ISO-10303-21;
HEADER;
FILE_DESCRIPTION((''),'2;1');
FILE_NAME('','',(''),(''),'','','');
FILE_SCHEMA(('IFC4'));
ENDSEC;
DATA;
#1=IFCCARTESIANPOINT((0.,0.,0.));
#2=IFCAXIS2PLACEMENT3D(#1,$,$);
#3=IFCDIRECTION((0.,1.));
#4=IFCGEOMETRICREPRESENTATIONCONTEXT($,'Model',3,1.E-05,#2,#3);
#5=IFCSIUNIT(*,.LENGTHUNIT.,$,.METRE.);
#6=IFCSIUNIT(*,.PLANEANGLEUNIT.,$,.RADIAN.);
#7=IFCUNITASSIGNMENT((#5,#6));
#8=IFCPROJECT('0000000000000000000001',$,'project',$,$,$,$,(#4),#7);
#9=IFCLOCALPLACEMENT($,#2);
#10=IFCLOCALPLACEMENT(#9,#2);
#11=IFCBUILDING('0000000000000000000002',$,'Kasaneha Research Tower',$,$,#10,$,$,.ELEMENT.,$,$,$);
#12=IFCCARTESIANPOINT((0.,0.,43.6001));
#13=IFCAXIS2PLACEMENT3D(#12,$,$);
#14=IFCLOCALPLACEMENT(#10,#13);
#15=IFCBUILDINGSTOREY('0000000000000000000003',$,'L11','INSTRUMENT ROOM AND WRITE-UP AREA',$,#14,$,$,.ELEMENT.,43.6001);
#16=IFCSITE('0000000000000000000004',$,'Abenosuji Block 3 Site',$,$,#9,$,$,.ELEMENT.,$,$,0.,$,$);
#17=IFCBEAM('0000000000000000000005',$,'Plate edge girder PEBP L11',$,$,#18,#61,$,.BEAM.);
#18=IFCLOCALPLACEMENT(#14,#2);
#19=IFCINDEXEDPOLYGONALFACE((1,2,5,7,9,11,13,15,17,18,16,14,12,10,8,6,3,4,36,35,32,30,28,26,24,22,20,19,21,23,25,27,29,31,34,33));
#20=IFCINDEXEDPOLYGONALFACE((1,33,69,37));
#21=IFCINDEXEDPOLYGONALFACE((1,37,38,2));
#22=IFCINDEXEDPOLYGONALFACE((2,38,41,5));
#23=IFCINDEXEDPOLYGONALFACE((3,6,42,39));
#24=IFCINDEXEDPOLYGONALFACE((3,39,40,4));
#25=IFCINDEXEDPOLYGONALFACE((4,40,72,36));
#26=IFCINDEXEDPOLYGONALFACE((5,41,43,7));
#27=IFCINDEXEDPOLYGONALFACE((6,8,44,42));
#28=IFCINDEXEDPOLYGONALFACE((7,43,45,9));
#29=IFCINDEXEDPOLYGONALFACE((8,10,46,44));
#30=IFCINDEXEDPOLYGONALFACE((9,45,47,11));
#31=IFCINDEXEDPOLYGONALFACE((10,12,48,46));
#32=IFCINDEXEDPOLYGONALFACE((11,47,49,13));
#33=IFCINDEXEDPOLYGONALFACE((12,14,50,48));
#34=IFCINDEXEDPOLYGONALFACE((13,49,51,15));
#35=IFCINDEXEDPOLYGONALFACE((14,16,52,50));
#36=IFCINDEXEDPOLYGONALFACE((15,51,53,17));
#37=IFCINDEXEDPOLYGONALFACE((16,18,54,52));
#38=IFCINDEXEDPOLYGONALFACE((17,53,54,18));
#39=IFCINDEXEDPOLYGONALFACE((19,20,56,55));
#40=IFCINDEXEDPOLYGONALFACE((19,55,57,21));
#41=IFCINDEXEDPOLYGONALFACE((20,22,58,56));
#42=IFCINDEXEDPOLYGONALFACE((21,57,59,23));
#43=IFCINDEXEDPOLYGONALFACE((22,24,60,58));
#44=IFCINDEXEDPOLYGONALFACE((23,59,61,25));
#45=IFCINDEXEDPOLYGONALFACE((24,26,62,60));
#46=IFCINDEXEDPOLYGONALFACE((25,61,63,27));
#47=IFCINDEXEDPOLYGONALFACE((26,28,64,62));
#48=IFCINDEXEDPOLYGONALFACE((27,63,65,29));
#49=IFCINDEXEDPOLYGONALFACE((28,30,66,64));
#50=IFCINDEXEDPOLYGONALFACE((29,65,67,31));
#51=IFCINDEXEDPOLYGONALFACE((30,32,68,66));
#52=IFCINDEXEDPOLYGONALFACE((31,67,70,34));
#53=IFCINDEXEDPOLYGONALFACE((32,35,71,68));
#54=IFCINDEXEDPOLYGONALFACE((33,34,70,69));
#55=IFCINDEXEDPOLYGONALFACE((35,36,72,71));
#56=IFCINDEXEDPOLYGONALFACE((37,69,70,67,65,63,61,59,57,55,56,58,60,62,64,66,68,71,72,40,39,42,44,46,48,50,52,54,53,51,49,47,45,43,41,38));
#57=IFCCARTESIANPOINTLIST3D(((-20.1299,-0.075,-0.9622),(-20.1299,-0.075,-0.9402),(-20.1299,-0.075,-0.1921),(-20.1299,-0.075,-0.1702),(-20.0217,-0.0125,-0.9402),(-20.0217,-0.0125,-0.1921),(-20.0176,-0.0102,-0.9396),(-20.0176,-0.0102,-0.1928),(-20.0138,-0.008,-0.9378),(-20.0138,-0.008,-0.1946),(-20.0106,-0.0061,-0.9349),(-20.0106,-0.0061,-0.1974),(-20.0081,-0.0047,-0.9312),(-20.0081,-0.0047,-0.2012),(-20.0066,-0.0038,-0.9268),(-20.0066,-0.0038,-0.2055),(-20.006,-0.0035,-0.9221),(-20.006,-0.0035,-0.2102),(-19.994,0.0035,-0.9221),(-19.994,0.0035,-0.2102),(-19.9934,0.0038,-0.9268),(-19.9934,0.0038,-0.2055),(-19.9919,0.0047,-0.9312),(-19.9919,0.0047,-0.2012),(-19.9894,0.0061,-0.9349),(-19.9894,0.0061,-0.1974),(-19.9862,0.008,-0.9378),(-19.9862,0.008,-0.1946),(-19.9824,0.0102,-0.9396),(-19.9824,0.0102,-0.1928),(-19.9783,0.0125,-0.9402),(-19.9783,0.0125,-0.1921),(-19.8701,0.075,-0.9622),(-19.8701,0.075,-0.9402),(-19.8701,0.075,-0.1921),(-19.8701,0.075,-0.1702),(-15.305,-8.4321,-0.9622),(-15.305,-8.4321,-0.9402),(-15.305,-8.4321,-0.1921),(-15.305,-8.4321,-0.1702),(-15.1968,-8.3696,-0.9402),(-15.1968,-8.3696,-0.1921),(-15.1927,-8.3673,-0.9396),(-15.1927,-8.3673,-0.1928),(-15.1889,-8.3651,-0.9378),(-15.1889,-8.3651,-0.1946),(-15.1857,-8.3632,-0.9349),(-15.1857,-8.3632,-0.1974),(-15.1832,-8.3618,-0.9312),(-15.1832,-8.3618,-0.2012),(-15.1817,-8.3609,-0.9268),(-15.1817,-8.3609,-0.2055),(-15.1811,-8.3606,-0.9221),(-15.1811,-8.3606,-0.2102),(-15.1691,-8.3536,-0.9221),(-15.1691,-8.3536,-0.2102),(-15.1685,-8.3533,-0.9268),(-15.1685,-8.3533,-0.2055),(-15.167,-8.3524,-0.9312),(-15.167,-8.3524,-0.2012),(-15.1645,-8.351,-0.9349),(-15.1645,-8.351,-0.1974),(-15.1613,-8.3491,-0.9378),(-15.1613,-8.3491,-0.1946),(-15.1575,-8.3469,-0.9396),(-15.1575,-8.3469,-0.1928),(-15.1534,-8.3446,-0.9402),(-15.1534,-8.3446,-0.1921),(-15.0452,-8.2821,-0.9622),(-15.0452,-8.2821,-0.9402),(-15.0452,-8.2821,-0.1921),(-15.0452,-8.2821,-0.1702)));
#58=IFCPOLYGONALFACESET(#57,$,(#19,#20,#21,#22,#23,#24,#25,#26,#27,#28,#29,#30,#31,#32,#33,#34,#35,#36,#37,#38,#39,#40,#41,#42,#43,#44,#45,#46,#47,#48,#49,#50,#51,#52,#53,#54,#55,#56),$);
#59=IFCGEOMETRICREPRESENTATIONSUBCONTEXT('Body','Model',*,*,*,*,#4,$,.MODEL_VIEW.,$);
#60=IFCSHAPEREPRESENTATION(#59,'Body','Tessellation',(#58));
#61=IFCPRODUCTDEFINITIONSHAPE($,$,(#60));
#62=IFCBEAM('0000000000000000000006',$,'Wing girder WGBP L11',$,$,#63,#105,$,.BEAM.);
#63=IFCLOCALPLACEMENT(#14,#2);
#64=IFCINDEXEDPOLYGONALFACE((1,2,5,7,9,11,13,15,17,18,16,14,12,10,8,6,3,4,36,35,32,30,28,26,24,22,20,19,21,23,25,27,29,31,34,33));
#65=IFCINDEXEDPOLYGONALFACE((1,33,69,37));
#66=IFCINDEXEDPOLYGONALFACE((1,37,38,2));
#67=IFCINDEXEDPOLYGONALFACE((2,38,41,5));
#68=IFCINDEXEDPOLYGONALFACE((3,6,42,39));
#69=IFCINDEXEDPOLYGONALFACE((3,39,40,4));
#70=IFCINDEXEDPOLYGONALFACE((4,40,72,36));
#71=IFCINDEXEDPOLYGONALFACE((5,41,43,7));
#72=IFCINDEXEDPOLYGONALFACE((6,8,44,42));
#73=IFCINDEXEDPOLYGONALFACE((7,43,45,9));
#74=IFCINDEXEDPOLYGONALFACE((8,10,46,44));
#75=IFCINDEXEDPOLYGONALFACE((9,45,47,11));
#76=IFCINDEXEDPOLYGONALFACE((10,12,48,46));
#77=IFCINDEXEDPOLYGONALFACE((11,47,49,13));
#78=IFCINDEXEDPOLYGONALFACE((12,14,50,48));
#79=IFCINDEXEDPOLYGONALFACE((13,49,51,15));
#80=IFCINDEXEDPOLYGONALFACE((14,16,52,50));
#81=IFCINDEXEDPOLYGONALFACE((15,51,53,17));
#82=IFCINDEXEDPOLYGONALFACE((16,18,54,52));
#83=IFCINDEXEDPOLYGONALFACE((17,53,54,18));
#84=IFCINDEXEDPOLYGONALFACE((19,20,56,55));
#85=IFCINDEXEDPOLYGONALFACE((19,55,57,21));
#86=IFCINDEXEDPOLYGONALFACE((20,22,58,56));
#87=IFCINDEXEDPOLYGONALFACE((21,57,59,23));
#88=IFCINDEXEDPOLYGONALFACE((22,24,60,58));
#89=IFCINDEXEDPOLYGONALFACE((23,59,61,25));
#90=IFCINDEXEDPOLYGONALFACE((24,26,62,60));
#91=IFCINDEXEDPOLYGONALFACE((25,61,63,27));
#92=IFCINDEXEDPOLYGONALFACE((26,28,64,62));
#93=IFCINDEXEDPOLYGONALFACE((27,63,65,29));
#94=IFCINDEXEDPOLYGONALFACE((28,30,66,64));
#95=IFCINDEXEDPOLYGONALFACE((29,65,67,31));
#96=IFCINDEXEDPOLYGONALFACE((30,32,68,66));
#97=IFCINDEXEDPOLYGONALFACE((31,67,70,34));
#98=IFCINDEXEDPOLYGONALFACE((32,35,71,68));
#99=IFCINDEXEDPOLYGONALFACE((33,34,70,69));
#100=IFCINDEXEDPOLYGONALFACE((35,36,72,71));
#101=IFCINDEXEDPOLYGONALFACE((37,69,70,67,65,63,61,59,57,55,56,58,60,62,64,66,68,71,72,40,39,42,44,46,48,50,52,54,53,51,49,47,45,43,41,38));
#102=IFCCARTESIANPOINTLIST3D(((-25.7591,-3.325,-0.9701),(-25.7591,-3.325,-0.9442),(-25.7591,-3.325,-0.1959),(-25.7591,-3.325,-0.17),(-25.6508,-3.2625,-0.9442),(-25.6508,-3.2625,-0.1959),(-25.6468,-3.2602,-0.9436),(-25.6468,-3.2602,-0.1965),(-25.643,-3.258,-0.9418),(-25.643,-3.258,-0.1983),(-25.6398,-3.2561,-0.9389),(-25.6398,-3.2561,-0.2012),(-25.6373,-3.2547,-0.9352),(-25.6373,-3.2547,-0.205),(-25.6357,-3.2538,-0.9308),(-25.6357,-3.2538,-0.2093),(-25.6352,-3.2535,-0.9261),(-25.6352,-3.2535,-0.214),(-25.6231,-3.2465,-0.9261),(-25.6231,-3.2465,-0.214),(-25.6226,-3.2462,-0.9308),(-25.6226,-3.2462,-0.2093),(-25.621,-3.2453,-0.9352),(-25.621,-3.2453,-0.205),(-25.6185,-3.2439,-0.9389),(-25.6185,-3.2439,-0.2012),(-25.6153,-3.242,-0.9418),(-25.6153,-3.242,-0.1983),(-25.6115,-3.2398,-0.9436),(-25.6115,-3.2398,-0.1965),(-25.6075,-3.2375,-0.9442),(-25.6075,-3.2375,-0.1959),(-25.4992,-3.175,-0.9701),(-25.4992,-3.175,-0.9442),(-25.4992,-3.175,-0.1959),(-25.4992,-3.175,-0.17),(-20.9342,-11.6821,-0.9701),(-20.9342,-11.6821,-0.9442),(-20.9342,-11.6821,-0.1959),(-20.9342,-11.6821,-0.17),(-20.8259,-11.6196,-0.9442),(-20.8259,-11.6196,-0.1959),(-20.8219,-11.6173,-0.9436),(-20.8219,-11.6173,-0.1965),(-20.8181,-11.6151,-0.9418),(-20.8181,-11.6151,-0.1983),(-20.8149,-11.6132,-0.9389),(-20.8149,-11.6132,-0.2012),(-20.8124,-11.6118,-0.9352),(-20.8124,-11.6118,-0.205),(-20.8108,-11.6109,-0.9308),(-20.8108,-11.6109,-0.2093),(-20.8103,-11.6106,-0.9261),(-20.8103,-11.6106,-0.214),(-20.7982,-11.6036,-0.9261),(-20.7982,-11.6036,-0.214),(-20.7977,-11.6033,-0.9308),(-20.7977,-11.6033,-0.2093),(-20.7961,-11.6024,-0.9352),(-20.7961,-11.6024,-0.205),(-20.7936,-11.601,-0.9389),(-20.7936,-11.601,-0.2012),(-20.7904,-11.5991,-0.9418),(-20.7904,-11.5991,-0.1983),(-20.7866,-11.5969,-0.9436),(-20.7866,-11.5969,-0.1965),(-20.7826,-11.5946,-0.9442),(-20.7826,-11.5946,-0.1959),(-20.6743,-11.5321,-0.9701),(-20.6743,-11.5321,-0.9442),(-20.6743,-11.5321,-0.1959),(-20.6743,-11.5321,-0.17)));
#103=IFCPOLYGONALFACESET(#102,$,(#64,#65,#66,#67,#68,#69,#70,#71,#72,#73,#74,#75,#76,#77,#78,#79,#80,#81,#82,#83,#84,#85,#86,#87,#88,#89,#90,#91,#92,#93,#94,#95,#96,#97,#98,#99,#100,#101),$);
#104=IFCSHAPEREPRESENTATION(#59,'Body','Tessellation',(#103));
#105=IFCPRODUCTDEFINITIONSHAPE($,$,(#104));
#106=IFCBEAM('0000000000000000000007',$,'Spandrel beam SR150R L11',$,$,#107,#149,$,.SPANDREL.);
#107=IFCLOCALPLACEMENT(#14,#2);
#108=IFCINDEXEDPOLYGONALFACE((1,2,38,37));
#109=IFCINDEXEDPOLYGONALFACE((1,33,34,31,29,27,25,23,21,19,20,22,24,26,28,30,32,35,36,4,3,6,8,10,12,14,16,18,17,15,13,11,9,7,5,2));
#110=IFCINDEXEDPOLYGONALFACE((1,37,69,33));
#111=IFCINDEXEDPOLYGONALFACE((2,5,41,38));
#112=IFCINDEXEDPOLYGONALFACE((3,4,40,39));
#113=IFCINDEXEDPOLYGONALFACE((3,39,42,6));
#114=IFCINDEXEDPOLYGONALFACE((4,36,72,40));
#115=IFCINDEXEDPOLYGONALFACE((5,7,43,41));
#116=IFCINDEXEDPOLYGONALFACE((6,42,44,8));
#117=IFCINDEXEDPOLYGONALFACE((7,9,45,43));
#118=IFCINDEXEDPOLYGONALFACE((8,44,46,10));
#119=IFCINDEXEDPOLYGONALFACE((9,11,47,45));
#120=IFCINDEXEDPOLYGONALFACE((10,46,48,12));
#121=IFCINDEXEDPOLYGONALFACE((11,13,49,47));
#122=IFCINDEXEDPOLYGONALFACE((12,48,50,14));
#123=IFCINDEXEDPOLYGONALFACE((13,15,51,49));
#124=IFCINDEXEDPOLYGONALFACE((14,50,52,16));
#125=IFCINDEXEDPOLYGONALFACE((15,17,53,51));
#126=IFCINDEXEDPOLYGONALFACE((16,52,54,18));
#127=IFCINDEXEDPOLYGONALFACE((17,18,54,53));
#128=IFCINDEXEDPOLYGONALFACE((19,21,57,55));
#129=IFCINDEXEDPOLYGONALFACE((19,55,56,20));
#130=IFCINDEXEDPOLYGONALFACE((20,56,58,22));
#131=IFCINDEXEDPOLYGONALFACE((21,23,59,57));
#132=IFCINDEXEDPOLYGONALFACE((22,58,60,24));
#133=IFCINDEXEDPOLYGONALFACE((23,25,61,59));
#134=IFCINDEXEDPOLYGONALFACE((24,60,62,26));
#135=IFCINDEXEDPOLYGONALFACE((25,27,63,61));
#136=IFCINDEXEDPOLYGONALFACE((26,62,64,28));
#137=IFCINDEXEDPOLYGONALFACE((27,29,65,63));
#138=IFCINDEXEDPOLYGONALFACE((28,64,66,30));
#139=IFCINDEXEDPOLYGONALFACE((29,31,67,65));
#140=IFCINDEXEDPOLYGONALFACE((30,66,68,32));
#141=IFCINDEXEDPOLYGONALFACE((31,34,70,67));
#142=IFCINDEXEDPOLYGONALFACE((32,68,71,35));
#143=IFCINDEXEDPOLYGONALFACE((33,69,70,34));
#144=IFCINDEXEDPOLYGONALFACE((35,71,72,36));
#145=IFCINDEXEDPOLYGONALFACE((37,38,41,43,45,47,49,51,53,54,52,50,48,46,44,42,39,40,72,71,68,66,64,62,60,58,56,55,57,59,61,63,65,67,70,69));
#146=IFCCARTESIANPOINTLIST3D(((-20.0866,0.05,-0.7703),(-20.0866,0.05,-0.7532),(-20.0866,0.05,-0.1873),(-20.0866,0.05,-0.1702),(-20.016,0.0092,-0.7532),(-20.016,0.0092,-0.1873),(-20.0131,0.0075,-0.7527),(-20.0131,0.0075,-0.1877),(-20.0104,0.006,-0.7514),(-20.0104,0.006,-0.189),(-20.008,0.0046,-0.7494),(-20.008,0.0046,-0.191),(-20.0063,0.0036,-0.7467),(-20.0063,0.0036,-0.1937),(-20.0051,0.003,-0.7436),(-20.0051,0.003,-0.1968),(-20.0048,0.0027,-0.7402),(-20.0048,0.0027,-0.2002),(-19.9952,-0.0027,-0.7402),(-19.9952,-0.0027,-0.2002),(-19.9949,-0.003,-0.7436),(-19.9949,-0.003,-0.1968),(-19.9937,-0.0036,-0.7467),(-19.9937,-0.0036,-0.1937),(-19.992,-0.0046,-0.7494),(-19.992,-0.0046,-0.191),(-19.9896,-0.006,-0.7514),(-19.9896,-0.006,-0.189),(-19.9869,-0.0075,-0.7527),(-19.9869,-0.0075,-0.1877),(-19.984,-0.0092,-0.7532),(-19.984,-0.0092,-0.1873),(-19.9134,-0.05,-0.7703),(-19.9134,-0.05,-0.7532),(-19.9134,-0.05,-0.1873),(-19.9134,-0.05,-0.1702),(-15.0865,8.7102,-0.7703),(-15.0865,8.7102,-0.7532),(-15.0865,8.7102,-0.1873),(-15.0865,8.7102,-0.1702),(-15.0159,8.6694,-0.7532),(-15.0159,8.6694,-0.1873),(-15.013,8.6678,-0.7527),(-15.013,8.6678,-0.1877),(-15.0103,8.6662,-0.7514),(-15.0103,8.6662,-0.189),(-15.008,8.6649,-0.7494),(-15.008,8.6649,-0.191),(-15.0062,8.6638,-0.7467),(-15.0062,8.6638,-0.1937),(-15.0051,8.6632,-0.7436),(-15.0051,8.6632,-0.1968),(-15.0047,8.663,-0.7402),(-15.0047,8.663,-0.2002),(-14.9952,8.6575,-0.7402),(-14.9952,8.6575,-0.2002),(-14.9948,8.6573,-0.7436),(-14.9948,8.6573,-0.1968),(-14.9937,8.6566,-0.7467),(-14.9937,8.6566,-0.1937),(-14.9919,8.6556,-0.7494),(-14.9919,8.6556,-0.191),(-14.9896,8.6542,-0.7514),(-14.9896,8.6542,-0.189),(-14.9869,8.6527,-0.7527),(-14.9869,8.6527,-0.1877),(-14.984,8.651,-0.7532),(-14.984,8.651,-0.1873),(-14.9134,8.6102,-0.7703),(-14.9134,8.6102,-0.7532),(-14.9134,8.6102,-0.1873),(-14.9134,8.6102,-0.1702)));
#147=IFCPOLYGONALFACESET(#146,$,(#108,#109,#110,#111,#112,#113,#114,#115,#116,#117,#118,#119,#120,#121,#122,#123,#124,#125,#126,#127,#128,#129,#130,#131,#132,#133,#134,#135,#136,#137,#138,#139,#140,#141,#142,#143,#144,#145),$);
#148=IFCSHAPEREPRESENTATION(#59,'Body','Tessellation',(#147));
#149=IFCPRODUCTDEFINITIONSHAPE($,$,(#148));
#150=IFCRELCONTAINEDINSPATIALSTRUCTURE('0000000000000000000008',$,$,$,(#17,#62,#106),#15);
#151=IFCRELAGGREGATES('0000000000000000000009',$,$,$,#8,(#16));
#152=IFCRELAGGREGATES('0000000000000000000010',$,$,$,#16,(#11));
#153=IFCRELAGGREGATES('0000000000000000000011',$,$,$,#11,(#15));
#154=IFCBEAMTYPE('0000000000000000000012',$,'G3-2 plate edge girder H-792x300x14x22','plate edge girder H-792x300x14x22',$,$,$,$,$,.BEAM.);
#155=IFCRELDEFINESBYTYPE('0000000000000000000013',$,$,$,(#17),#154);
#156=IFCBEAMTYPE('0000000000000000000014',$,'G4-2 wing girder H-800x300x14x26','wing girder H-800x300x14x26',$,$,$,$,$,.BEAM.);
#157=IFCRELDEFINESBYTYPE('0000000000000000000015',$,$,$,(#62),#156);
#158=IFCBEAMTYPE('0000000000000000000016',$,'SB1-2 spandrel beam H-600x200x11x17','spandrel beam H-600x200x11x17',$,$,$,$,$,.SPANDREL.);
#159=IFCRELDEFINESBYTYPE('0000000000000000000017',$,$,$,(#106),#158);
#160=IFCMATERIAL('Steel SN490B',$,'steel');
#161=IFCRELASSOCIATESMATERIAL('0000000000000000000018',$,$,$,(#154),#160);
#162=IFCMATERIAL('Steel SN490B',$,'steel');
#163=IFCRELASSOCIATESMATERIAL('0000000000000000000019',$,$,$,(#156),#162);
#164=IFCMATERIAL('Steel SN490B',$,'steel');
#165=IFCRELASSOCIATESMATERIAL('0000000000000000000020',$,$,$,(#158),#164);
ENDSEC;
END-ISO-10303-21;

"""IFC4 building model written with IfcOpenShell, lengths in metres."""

from ifc_helpers import new_model, si_unit, direction, frame, origin, origin_2d, place, context, subcontext, project, spatial, i_section, extrude, material, material_profile, profile_set, type_object, element, save


model = new_model("IFC4")

# Units and contexts
model_context = context("Model", 3, precision=1e-05, world=origin(), true_north=direction((0.0, 1.0)))
body_context = subcontext(model_context, "Body", "Model", "MODEL_VIEW")
ifc_project = project(units=[si_unit("LENGTHUNIT", "METRE"), si_unit("PLANEANGLEUNIT", "RADIAN")], contexts=[model_context])

# Site, building, storey
site_placement = place(None, origin())
site = spatial("IfcSite", under=ifc_project, at=site_placement, Name="Abenosuji Block 3 Site", CompositionType="ELEMENT", RefElevation=0.0)
building_placement = place(site_placement, origin())
building = spatial("IfcBuilding", under=site, at=building_placement, Name="Kasaneha Research Tower", CompositionType="ELEMENT")
storey_placement = place(building_placement, frame((0.0, 0.0, 43.6001)))
storey = spatial("IfcBuildingStorey", under=building, at=storey_placement, Name="L11", Description="INSTRUMENT ROOM AND WRITE-UP AREA", CompositionType="ELEMENT", Elevation=43.6001)

# Beams
ifc_material_1 = material(Name="Steel SN490B", Category="steel")
ifc_material_profile_1 = material_profile(ifc_material_1, i_section(OverallWidth=0.3, OverallDepth=0.792, WebThickness=0.0139, FlangeThickness=0.022, FilletRadius=0.0181, at=origin_2d()), Name="H-792x300x14x22")
ifc_profile_set_1 = profile_set([ifc_material_profile_1], Name="Steel SN490B")
beam_type_1 = type_object("IfcBeamType", Name="G3-2 plate edge girder H-792x300x14x22", Description="plate edge girder H-792x300x14x22", PredefinedType="BEAM", material=ifc_profile_set_1)
beam_1_placement = place(storey_placement, frame((-20.0, 0.0, -0.5662), z_axis=(0.499995, -0.866028, 0.0), x_axis=(0.866028, 0.499995, 0.0)))
element("IfcBeam", 1, at=beam_1_placement, inside=storey, type_object=beam_type_1, Name="Plate edge girder PEBP L11", PredefinedType="BEAM", context=body_context, shape_type="SweptSolid", body=[
    extrude(i_section(OverallWidth=0.3, OverallDepth=0.792, WebThickness=0.0139, FlangeThickness=0.022, FilletRadius=0.0181, at=origin_2d()), origin(), (0.0, 0.0, 1.0), 9.6499),
])
ifc_material_2 = material(Name="Steel SN490B", Category="steel")
ifc_material_profile_2 = material_profile(ifc_material_2, i_section(OverallWidth=0.3, OverallDepth=0.8, WebThickness=0.0139, FlangeThickness=0.0259, FilletRadius=0.0181, at=origin_2d()), Name="H-800x300x14x26")
ifc_profile_set_2 = profile_set([ifc_material_profile_2], Name="Steel SN490B")
beam_type_2 = type_object("IfcBeamType", Name="G4-2 wing girder H-800x300x14x26", Description="wing girder H-800x300x14x26", PredefinedType="BEAM", material=ifc_profile_set_2)
beam_2_placement = place(storey_placement, frame((-25.6292, -3.25, -0.5701), z_axis=(0.499995, -0.866028, 0.0), x_axis=(0.866028, 0.499995, 0.0)))
element("IfcBeam", 2, at=beam_2_placement, inside=storey, type_object=beam_type_2, Name="Wing girder WGBP L11", PredefinedType="BEAM", context=body_context, shape_type="SweptSolid", body=[
    extrude(i_section(OverallWidth=0.3, OverallDepth=0.8, WebThickness=0.0139, FlangeThickness=0.0259, FilletRadius=0.0181, at=origin_2d()), origin(), (0.0, 0.0, 1.0), 9.6499),
])
ifc_material_3 = material(Name="Steel SN490B", Category="steel")
ifc_material_profile_3 = material_profile(ifc_material_3, i_section(OverallWidth=0.2, OverallDepth=0.6001, WebThickness=0.011, FlangeThickness=0.0171, FilletRadius=0.0129, at=origin_2d()), Name="H-600x200x11x17")
ifc_profile_set_3 = profile_set([ifc_material_profile_3], Name="Steel SN490B")
beam_type_3 = type_object("IfcBeamType", Name="SB1-2 spandrel beam H-600x200x11x17", Description="spandrel beam H-600x200x11x17", PredefinedType="SPANDREL", material=ifc_profile_set_3)
beam_3_placement = place(storey_placement, frame((-20.0, 0.0, -0.4702), z_axis=(0.500004, 0.866023, 0.0), x_axis=(-0.866023, 0.500004, 0.0)))
element("IfcBeam", 3, at=beam_3_placement, inside=storey, type_object=beam_type_3, Name="Spandrel beam SR150R L11", PredefinedType="SPANDREL", context=body_context, shape_type="SweptSolid", body=[
    extrude(i_section(OverallWidth=0.2, OverallDepth=0.6001, WebThickness=0.011, FlangeThickness=0.0171, FilletRadius=0.0129, at=origin_2d()), origin(), (0.0, 0.0, 1.0), 10.0),
])

save(model, "model.ifc")
